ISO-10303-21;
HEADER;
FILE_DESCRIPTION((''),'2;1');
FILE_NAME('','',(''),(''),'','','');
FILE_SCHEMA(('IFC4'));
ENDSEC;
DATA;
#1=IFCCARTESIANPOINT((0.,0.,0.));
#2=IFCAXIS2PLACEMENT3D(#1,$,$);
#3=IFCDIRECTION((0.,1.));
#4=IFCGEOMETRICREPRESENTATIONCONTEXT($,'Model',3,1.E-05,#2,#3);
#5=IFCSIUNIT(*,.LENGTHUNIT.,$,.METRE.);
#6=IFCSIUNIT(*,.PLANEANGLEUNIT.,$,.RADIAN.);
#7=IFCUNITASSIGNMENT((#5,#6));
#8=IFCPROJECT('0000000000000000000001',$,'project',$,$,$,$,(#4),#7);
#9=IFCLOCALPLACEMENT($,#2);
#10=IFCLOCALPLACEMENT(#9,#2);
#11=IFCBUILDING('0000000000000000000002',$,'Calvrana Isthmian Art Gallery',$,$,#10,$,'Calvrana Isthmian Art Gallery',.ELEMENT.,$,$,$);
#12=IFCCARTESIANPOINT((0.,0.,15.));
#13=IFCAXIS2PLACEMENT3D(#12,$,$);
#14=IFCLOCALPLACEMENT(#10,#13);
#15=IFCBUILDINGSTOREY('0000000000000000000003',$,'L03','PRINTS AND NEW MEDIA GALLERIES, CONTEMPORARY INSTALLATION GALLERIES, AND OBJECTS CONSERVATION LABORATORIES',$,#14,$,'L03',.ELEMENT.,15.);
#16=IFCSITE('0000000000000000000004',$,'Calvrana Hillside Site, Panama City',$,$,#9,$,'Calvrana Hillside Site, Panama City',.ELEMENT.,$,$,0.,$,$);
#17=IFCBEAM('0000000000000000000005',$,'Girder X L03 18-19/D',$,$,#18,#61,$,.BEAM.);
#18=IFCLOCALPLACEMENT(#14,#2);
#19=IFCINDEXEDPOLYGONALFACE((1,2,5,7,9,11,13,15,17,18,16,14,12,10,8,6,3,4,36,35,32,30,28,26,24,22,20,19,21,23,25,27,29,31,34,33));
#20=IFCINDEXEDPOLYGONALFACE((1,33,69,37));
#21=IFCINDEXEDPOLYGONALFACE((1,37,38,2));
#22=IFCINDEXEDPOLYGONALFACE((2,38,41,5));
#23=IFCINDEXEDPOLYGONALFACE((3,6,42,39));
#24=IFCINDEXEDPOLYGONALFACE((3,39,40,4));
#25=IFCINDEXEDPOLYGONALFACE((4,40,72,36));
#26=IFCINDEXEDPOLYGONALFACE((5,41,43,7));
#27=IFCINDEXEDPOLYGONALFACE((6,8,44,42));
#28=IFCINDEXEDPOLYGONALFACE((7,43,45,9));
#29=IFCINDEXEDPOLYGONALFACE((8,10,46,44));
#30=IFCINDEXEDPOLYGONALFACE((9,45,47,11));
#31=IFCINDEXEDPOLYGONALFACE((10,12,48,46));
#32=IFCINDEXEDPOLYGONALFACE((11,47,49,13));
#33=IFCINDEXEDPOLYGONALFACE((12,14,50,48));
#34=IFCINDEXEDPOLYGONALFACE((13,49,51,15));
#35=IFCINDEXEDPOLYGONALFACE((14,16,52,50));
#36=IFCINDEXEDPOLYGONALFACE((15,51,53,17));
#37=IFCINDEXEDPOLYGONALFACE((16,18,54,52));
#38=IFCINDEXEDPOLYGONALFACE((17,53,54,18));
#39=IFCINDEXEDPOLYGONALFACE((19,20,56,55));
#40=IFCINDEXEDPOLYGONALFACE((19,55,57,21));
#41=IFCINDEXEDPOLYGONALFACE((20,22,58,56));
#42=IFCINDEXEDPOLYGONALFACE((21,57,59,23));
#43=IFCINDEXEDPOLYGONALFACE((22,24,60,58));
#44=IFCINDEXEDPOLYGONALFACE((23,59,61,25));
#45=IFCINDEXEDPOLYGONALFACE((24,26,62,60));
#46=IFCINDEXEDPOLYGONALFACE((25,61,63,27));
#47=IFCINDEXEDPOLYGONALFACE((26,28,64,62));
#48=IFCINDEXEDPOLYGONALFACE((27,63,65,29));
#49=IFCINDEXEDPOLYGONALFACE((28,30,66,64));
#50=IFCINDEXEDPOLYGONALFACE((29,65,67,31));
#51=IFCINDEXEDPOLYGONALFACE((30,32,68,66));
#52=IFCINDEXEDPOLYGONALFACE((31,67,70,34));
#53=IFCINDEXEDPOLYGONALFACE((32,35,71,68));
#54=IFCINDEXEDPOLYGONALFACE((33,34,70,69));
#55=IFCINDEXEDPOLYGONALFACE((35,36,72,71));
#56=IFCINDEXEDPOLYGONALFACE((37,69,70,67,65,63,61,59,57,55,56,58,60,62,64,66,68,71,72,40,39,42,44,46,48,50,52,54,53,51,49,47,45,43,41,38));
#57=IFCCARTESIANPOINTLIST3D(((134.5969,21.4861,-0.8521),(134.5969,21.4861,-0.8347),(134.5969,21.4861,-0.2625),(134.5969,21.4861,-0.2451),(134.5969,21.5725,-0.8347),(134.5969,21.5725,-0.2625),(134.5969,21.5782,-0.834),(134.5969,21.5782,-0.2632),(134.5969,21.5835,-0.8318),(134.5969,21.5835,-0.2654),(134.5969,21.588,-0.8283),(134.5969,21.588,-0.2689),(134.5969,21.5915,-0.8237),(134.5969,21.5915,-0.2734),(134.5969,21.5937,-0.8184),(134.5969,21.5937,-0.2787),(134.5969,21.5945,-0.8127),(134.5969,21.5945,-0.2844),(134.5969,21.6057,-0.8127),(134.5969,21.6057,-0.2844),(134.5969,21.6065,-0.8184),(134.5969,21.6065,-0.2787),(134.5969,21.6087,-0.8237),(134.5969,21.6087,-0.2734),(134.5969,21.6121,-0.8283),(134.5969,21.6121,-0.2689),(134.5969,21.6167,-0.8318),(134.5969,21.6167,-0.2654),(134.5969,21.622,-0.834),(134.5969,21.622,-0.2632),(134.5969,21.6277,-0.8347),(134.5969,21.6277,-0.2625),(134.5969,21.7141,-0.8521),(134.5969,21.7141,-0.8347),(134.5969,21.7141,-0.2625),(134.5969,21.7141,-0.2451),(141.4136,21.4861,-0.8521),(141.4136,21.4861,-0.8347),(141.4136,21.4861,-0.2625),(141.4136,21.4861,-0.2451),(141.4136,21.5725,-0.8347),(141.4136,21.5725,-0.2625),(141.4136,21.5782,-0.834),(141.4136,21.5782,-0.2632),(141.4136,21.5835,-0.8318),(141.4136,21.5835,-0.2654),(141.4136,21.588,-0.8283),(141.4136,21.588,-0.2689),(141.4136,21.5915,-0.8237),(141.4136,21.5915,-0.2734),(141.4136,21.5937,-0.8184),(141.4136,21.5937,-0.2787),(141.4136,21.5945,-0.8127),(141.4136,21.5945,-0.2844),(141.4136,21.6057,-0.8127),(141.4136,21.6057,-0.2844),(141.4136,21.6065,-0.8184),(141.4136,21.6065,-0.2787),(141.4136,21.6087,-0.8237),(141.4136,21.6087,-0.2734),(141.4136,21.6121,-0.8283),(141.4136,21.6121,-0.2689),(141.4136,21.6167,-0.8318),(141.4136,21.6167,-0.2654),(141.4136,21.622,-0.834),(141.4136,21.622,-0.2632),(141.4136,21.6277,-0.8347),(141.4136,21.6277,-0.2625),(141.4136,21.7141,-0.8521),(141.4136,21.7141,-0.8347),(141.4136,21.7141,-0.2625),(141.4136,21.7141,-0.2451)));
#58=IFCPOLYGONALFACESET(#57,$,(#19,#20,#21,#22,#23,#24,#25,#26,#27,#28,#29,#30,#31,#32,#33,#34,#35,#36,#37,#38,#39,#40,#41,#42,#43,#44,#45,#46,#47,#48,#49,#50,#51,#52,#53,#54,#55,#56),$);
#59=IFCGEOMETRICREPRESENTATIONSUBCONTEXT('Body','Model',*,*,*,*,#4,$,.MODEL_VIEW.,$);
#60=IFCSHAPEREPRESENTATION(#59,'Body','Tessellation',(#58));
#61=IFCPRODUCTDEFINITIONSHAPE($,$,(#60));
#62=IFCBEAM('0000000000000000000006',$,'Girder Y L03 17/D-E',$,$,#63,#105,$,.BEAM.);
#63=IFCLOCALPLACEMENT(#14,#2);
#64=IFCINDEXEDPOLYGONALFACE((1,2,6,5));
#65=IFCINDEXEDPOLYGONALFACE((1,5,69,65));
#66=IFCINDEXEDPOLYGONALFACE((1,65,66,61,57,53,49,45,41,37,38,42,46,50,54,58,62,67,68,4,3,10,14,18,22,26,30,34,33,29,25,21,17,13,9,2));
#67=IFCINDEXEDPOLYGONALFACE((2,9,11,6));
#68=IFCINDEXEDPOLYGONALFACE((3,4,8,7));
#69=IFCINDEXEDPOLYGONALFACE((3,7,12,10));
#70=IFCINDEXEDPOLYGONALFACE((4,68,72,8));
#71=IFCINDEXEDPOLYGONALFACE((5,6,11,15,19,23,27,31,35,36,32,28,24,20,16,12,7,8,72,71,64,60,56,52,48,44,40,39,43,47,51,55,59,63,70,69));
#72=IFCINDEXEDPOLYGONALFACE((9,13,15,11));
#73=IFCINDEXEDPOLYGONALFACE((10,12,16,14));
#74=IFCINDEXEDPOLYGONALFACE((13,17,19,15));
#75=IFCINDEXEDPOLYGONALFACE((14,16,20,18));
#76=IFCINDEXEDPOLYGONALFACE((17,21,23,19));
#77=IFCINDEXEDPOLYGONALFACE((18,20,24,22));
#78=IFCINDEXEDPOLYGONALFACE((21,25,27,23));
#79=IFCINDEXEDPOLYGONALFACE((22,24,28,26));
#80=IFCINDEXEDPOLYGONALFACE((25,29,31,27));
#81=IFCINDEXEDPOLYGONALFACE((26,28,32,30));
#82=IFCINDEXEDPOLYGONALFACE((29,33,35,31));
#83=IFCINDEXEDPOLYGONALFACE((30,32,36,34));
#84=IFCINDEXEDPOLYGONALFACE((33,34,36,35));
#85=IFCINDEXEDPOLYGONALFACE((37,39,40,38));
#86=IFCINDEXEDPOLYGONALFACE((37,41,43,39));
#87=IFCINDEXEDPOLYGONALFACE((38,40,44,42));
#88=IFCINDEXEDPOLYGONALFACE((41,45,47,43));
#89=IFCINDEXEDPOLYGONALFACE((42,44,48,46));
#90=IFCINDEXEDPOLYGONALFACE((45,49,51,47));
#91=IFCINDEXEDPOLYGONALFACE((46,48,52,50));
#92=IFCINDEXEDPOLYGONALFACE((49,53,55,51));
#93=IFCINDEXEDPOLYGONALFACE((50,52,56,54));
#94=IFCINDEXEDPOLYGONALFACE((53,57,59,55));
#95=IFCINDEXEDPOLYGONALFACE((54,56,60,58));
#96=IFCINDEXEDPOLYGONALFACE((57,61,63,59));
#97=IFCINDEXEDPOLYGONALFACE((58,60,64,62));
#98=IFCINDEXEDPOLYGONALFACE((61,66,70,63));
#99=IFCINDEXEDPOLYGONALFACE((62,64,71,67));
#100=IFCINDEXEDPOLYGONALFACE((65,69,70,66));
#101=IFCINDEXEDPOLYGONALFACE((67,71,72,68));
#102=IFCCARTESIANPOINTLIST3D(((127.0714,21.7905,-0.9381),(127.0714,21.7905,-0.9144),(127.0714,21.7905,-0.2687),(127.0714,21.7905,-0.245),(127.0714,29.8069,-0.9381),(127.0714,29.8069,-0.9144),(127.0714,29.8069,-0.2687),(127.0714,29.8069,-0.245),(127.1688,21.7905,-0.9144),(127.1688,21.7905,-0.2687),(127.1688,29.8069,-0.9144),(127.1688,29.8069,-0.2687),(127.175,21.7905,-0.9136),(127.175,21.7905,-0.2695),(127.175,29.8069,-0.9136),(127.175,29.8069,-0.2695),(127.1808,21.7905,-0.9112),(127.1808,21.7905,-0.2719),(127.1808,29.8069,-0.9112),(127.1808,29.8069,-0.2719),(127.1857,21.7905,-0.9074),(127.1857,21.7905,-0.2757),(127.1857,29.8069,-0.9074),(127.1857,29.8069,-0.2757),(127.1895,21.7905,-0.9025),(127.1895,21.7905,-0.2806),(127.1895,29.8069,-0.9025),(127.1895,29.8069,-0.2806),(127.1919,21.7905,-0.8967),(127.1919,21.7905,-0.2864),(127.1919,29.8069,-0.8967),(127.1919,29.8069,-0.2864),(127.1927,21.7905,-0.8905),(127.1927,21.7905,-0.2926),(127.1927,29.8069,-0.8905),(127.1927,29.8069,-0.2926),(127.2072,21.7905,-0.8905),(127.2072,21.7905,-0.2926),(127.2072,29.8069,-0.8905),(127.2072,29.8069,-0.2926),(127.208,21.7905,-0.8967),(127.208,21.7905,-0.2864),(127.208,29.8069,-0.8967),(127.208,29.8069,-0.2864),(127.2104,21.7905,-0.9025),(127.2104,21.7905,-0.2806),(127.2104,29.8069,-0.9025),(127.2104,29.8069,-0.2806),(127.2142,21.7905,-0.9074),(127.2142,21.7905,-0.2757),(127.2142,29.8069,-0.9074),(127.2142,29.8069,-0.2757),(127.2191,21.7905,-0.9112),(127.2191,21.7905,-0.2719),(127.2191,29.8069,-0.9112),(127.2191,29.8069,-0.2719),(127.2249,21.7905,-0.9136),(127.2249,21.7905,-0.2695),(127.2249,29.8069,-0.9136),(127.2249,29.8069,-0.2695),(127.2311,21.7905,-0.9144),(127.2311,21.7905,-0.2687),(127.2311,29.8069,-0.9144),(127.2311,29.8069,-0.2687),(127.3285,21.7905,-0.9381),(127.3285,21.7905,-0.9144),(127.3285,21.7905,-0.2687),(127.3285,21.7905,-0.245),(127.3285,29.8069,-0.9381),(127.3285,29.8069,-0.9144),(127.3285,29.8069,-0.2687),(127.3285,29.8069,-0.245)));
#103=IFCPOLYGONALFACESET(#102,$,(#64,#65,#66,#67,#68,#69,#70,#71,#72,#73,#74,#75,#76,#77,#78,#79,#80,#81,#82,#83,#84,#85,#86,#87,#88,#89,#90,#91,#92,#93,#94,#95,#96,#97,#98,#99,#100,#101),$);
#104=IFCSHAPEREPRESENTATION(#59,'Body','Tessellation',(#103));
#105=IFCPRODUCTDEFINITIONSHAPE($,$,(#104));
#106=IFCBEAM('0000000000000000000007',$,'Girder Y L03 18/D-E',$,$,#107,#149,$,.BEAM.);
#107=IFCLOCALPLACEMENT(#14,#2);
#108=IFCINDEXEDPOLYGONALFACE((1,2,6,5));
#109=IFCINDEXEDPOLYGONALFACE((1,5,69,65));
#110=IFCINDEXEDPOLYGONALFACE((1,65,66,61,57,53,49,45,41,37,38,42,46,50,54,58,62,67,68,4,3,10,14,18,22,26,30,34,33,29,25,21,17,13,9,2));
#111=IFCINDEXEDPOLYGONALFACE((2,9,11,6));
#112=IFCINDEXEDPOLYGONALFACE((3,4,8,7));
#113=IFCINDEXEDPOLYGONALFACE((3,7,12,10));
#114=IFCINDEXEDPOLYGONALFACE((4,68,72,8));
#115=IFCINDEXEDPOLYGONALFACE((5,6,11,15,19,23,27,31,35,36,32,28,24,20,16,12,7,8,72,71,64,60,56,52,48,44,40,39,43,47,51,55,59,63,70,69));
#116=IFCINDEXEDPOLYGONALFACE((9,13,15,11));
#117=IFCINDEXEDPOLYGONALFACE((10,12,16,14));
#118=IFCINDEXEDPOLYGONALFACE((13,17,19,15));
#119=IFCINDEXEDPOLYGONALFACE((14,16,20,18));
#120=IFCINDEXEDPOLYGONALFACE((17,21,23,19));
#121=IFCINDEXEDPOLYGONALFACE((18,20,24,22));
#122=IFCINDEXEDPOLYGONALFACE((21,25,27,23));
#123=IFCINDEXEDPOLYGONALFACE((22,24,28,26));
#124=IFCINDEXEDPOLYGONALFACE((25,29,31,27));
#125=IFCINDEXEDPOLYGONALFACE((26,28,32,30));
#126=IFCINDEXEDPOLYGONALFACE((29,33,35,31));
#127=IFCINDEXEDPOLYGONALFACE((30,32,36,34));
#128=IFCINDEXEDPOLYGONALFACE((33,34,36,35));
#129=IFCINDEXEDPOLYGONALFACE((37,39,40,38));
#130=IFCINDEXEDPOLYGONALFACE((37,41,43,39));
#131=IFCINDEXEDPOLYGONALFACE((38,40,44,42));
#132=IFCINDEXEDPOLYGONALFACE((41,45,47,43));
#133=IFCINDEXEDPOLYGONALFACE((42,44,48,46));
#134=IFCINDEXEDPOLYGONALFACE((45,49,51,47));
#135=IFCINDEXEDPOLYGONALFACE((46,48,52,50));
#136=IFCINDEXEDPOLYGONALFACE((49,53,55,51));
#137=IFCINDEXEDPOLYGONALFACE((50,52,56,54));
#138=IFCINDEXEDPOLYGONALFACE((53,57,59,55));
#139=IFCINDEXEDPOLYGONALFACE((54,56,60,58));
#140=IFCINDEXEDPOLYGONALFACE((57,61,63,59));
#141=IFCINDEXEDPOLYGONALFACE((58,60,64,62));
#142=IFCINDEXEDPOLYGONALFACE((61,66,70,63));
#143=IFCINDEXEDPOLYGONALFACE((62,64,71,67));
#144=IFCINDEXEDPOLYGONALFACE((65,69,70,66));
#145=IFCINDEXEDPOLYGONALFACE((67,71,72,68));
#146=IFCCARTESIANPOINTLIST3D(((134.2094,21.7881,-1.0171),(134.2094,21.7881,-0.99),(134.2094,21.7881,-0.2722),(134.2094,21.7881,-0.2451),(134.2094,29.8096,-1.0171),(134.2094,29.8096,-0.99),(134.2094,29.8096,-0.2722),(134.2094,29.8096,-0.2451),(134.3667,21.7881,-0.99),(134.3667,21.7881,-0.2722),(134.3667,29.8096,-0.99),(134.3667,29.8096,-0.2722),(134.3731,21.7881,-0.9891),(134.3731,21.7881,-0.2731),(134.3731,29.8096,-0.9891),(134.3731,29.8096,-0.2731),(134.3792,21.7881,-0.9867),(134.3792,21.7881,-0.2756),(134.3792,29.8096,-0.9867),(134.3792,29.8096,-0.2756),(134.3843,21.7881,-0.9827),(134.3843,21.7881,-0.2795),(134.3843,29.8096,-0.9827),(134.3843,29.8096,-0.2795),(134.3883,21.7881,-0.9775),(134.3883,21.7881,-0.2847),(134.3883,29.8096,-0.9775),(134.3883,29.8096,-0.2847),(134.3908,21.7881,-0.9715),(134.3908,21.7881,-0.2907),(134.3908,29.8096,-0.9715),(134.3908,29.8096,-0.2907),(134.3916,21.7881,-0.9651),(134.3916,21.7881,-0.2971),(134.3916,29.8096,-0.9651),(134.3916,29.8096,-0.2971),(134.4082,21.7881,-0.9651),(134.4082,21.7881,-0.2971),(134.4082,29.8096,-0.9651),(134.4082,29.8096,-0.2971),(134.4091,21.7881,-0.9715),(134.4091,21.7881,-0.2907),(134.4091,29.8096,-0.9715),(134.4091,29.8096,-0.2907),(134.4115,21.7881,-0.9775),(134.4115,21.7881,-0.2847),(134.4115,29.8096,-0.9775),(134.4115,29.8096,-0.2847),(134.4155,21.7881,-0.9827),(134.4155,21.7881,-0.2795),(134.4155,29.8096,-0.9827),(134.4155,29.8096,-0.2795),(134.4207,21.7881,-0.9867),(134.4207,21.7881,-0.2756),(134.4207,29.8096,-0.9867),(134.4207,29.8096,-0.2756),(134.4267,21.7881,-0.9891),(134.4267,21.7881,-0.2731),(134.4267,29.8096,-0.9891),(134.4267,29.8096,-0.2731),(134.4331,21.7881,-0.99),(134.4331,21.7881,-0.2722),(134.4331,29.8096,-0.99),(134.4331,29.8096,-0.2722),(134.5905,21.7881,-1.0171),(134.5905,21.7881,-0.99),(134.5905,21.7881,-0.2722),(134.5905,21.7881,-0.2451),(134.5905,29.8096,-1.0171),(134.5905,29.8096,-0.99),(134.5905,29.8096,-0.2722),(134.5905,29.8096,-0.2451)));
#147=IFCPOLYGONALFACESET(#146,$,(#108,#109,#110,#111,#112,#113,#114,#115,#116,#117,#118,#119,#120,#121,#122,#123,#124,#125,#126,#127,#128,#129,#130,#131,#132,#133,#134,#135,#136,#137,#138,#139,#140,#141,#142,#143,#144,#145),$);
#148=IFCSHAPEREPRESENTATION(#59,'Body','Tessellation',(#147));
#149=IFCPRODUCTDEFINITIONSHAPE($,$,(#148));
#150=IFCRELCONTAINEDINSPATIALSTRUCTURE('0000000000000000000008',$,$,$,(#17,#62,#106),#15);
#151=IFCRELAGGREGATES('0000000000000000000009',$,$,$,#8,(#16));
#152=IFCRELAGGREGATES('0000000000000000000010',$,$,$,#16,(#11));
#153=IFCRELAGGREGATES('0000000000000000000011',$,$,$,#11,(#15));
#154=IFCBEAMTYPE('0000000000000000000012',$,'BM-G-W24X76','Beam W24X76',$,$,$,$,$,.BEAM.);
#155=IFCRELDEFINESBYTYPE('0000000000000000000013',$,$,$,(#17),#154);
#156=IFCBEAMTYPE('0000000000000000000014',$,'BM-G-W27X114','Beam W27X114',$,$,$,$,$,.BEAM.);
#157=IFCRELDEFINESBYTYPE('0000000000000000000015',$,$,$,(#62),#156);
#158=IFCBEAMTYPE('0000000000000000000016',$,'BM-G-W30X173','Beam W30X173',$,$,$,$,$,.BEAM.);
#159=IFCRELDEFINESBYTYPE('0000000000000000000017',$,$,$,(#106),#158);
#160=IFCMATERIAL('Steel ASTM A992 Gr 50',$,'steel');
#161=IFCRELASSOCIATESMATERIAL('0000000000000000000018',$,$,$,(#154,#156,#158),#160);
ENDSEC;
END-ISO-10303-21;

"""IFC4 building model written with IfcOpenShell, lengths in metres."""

from ifc_helpers import new_model, si_unit, direction, frame, origin, origin_2d, place, context, subcontext, project, spatial, i_section, extrude, material, material_profile, profile_set, type_object, element, save


model = new_model("IFC4")

# Units and contexts
model_context = context("Model", 3, precision=1e-05, world=origin(), true_north=direction((0.0, 1.0)))
body_context = subcontext(model_context, "Body", "Model", "MODEL_VIEW")
ifc_project = project(units=[si_unit("LENGTHUNIT", "METRE"), si_unit("PLANEANGLEUNIT", "RADIAN")], contexts=[model_context])

# Site, building, storey
site_placement = place(None, origin())
site = spatial("IfcSite", under=ifc_project, at=site_placement, Name="Calvrana Hillside Site, Panama City", LongName="Calvrana Hillside Site, Panama City", CompositionType="ELEMENT", RefElevation=0.0)
building_placement = place(site_placement, origin())
building = spatial("IfcBuilding", under=site, at=building_placement, Name="Calvrana Isthmian Art Gallery", LongName="Calvrana Isthmian Art Gallery", CompositionType="ELEMENT")
storey_placement = place(building_placement, frame((0.0, 0.0, 15.0)))
storey = spatial("IfcBuildingStorey", under=building, at=storey_placement, Name="L03", Description="PRINTS AND NEW MEDIA GALLERIES, CONTEMPORARY INSTALLATION GALLERIES, AND OBJECTS CONSERVATION LABORATORIES", LongName="L03", CompositionType="ELEMENT", Elevation=15.0)

# Shared definitions
ifc_material_1 = material(Name="Steel ASTM A992 Gr 50", Category="steel")

# Beams
ifc_material_profile_1 = material_profile(ifc_material_1, i_section(OverallWidth=0.228, OverallDepth=0.6069, WebThickness=0.0112, FlangeThickness=0.0173, FilletRadius=0.022, at=origin_2d()), Name="W24X76")
ifc_profile_set_1 = profile_set([ifc_material_profile_1], Name="Steel ASTM A992 Gr 50")
beam_type_1 = type_object("IfcBeamType", Name="BM-G-W24X76", Description="Beam W24X76", PredefinedType="BEAM", material=ifc_profile_set_1)
beam_1_placement = place(storey_placement, frame((134.5969, 21.6001, -0.5486), z_axis=(1.0, 0.0, 0.0), x_axis=(0.0, 1.0, 0.0)))
element("IfcBeam", 1, at=beam_1_placement, inside=storey, type_object=beam_type_1, Name="Girder X L03 18-19/D", PredefinedType="BEAM", context=body_context, shape_type="SweptSolid", body=[
    extrude(i_section(OverallWidth=0.228, OverallDepth=0.6069, WebThickness=0.0112, FlangeThickness=0.0173, FilletRadius=0.022, at=origin_2d()), origin(), (0.0, 0.0, 1.0), 6.8167),
])
ifc_material_profile_2 = material_profile(ifc_material_1, i_section(OverallWidth=0.2571, OverallDepth=0.6931, WebThickness=0.0144, FlangeThickness=0.0237, FilletRadius=0.0239, at=origin_2d()), Name="W27X114")
ifc_profile_set_2 = profile_set([ifc_material_profile_2], Name="Steel ASTM A992 Gr 50")
beam_type_2 = type_object("IfcBeamType", Name="BM-G-W27X114", Description="Beam W27X114", PredefinedType="BEAM", material=ifc_profile_set_2)
beam_2_placement = place(storey_placement, frame((127.2, 21.7905, -0.5916), z_axis=(0.0, 1.0, 0.0), x_axis=(-1.0, 0.0, 0.0)))
element("IfcBeam", 2, at=beam_2_placement, inside=storey, type_object=beam_type_2, Name="Girder Y L03 17/D-E", PredefinedType="BEAM", context=body_context, shape_type="SweptSolid", body=[
    extrude(i_section(OverallWidth=0.2571, OverallDepth=0.6931, WebThickness=0.0144, FlangeThickness=0.0237, FilletRadius=0.0239, at=origin_2d()), origin(), (0.0, 0.0, 1.0), 8.0164),
])
ifc_material_profile_3 = material_profile(ifc_material_1, i_section(OverallWidth=0.3811, OverallDepth=0.772, WebThickness=0.0166, FlangeThickness=0.0271, FilletRadius=0.0249, at=origin_2d()), Name="W30X173")
ifc_profile_set_3 = profile_set([ifc_material_profile_3], Name="Steel ASTM A992 Gr 50")
beam_type_3 = type_object("IfcBeamType", Name="BM-G-W30X173", Description="Beam W30X173", PredefinedType="BEAM", material=ifc_profile_set_3)
beam_3_placement = place(storey_placement, frame((134.3999, 21.7881, -0.6311), z_axis=(0.0, 1.0, 0.0), x_axis=(-1.0, 0.0, 0.0)))
element("IfcBeam", 3, at=beam_3_placement, inside=storey, type_object=beam_type_3, Name="Girder Y L03 18/D-E", PredefinedType="BEAM", context=body_context, shape_type="SweptSolid", body=[
    extrude(i_section(OverallWidth=0.3811, OverallDepth=0.772, WebThickness=0.0166, FlangeThickness=0.0271, FilletRadius=0.0249, at=origin_2d()), origin(), (0.0, 0.0, 1.0), 8.0215),
])

save(model, "model.ifc")
